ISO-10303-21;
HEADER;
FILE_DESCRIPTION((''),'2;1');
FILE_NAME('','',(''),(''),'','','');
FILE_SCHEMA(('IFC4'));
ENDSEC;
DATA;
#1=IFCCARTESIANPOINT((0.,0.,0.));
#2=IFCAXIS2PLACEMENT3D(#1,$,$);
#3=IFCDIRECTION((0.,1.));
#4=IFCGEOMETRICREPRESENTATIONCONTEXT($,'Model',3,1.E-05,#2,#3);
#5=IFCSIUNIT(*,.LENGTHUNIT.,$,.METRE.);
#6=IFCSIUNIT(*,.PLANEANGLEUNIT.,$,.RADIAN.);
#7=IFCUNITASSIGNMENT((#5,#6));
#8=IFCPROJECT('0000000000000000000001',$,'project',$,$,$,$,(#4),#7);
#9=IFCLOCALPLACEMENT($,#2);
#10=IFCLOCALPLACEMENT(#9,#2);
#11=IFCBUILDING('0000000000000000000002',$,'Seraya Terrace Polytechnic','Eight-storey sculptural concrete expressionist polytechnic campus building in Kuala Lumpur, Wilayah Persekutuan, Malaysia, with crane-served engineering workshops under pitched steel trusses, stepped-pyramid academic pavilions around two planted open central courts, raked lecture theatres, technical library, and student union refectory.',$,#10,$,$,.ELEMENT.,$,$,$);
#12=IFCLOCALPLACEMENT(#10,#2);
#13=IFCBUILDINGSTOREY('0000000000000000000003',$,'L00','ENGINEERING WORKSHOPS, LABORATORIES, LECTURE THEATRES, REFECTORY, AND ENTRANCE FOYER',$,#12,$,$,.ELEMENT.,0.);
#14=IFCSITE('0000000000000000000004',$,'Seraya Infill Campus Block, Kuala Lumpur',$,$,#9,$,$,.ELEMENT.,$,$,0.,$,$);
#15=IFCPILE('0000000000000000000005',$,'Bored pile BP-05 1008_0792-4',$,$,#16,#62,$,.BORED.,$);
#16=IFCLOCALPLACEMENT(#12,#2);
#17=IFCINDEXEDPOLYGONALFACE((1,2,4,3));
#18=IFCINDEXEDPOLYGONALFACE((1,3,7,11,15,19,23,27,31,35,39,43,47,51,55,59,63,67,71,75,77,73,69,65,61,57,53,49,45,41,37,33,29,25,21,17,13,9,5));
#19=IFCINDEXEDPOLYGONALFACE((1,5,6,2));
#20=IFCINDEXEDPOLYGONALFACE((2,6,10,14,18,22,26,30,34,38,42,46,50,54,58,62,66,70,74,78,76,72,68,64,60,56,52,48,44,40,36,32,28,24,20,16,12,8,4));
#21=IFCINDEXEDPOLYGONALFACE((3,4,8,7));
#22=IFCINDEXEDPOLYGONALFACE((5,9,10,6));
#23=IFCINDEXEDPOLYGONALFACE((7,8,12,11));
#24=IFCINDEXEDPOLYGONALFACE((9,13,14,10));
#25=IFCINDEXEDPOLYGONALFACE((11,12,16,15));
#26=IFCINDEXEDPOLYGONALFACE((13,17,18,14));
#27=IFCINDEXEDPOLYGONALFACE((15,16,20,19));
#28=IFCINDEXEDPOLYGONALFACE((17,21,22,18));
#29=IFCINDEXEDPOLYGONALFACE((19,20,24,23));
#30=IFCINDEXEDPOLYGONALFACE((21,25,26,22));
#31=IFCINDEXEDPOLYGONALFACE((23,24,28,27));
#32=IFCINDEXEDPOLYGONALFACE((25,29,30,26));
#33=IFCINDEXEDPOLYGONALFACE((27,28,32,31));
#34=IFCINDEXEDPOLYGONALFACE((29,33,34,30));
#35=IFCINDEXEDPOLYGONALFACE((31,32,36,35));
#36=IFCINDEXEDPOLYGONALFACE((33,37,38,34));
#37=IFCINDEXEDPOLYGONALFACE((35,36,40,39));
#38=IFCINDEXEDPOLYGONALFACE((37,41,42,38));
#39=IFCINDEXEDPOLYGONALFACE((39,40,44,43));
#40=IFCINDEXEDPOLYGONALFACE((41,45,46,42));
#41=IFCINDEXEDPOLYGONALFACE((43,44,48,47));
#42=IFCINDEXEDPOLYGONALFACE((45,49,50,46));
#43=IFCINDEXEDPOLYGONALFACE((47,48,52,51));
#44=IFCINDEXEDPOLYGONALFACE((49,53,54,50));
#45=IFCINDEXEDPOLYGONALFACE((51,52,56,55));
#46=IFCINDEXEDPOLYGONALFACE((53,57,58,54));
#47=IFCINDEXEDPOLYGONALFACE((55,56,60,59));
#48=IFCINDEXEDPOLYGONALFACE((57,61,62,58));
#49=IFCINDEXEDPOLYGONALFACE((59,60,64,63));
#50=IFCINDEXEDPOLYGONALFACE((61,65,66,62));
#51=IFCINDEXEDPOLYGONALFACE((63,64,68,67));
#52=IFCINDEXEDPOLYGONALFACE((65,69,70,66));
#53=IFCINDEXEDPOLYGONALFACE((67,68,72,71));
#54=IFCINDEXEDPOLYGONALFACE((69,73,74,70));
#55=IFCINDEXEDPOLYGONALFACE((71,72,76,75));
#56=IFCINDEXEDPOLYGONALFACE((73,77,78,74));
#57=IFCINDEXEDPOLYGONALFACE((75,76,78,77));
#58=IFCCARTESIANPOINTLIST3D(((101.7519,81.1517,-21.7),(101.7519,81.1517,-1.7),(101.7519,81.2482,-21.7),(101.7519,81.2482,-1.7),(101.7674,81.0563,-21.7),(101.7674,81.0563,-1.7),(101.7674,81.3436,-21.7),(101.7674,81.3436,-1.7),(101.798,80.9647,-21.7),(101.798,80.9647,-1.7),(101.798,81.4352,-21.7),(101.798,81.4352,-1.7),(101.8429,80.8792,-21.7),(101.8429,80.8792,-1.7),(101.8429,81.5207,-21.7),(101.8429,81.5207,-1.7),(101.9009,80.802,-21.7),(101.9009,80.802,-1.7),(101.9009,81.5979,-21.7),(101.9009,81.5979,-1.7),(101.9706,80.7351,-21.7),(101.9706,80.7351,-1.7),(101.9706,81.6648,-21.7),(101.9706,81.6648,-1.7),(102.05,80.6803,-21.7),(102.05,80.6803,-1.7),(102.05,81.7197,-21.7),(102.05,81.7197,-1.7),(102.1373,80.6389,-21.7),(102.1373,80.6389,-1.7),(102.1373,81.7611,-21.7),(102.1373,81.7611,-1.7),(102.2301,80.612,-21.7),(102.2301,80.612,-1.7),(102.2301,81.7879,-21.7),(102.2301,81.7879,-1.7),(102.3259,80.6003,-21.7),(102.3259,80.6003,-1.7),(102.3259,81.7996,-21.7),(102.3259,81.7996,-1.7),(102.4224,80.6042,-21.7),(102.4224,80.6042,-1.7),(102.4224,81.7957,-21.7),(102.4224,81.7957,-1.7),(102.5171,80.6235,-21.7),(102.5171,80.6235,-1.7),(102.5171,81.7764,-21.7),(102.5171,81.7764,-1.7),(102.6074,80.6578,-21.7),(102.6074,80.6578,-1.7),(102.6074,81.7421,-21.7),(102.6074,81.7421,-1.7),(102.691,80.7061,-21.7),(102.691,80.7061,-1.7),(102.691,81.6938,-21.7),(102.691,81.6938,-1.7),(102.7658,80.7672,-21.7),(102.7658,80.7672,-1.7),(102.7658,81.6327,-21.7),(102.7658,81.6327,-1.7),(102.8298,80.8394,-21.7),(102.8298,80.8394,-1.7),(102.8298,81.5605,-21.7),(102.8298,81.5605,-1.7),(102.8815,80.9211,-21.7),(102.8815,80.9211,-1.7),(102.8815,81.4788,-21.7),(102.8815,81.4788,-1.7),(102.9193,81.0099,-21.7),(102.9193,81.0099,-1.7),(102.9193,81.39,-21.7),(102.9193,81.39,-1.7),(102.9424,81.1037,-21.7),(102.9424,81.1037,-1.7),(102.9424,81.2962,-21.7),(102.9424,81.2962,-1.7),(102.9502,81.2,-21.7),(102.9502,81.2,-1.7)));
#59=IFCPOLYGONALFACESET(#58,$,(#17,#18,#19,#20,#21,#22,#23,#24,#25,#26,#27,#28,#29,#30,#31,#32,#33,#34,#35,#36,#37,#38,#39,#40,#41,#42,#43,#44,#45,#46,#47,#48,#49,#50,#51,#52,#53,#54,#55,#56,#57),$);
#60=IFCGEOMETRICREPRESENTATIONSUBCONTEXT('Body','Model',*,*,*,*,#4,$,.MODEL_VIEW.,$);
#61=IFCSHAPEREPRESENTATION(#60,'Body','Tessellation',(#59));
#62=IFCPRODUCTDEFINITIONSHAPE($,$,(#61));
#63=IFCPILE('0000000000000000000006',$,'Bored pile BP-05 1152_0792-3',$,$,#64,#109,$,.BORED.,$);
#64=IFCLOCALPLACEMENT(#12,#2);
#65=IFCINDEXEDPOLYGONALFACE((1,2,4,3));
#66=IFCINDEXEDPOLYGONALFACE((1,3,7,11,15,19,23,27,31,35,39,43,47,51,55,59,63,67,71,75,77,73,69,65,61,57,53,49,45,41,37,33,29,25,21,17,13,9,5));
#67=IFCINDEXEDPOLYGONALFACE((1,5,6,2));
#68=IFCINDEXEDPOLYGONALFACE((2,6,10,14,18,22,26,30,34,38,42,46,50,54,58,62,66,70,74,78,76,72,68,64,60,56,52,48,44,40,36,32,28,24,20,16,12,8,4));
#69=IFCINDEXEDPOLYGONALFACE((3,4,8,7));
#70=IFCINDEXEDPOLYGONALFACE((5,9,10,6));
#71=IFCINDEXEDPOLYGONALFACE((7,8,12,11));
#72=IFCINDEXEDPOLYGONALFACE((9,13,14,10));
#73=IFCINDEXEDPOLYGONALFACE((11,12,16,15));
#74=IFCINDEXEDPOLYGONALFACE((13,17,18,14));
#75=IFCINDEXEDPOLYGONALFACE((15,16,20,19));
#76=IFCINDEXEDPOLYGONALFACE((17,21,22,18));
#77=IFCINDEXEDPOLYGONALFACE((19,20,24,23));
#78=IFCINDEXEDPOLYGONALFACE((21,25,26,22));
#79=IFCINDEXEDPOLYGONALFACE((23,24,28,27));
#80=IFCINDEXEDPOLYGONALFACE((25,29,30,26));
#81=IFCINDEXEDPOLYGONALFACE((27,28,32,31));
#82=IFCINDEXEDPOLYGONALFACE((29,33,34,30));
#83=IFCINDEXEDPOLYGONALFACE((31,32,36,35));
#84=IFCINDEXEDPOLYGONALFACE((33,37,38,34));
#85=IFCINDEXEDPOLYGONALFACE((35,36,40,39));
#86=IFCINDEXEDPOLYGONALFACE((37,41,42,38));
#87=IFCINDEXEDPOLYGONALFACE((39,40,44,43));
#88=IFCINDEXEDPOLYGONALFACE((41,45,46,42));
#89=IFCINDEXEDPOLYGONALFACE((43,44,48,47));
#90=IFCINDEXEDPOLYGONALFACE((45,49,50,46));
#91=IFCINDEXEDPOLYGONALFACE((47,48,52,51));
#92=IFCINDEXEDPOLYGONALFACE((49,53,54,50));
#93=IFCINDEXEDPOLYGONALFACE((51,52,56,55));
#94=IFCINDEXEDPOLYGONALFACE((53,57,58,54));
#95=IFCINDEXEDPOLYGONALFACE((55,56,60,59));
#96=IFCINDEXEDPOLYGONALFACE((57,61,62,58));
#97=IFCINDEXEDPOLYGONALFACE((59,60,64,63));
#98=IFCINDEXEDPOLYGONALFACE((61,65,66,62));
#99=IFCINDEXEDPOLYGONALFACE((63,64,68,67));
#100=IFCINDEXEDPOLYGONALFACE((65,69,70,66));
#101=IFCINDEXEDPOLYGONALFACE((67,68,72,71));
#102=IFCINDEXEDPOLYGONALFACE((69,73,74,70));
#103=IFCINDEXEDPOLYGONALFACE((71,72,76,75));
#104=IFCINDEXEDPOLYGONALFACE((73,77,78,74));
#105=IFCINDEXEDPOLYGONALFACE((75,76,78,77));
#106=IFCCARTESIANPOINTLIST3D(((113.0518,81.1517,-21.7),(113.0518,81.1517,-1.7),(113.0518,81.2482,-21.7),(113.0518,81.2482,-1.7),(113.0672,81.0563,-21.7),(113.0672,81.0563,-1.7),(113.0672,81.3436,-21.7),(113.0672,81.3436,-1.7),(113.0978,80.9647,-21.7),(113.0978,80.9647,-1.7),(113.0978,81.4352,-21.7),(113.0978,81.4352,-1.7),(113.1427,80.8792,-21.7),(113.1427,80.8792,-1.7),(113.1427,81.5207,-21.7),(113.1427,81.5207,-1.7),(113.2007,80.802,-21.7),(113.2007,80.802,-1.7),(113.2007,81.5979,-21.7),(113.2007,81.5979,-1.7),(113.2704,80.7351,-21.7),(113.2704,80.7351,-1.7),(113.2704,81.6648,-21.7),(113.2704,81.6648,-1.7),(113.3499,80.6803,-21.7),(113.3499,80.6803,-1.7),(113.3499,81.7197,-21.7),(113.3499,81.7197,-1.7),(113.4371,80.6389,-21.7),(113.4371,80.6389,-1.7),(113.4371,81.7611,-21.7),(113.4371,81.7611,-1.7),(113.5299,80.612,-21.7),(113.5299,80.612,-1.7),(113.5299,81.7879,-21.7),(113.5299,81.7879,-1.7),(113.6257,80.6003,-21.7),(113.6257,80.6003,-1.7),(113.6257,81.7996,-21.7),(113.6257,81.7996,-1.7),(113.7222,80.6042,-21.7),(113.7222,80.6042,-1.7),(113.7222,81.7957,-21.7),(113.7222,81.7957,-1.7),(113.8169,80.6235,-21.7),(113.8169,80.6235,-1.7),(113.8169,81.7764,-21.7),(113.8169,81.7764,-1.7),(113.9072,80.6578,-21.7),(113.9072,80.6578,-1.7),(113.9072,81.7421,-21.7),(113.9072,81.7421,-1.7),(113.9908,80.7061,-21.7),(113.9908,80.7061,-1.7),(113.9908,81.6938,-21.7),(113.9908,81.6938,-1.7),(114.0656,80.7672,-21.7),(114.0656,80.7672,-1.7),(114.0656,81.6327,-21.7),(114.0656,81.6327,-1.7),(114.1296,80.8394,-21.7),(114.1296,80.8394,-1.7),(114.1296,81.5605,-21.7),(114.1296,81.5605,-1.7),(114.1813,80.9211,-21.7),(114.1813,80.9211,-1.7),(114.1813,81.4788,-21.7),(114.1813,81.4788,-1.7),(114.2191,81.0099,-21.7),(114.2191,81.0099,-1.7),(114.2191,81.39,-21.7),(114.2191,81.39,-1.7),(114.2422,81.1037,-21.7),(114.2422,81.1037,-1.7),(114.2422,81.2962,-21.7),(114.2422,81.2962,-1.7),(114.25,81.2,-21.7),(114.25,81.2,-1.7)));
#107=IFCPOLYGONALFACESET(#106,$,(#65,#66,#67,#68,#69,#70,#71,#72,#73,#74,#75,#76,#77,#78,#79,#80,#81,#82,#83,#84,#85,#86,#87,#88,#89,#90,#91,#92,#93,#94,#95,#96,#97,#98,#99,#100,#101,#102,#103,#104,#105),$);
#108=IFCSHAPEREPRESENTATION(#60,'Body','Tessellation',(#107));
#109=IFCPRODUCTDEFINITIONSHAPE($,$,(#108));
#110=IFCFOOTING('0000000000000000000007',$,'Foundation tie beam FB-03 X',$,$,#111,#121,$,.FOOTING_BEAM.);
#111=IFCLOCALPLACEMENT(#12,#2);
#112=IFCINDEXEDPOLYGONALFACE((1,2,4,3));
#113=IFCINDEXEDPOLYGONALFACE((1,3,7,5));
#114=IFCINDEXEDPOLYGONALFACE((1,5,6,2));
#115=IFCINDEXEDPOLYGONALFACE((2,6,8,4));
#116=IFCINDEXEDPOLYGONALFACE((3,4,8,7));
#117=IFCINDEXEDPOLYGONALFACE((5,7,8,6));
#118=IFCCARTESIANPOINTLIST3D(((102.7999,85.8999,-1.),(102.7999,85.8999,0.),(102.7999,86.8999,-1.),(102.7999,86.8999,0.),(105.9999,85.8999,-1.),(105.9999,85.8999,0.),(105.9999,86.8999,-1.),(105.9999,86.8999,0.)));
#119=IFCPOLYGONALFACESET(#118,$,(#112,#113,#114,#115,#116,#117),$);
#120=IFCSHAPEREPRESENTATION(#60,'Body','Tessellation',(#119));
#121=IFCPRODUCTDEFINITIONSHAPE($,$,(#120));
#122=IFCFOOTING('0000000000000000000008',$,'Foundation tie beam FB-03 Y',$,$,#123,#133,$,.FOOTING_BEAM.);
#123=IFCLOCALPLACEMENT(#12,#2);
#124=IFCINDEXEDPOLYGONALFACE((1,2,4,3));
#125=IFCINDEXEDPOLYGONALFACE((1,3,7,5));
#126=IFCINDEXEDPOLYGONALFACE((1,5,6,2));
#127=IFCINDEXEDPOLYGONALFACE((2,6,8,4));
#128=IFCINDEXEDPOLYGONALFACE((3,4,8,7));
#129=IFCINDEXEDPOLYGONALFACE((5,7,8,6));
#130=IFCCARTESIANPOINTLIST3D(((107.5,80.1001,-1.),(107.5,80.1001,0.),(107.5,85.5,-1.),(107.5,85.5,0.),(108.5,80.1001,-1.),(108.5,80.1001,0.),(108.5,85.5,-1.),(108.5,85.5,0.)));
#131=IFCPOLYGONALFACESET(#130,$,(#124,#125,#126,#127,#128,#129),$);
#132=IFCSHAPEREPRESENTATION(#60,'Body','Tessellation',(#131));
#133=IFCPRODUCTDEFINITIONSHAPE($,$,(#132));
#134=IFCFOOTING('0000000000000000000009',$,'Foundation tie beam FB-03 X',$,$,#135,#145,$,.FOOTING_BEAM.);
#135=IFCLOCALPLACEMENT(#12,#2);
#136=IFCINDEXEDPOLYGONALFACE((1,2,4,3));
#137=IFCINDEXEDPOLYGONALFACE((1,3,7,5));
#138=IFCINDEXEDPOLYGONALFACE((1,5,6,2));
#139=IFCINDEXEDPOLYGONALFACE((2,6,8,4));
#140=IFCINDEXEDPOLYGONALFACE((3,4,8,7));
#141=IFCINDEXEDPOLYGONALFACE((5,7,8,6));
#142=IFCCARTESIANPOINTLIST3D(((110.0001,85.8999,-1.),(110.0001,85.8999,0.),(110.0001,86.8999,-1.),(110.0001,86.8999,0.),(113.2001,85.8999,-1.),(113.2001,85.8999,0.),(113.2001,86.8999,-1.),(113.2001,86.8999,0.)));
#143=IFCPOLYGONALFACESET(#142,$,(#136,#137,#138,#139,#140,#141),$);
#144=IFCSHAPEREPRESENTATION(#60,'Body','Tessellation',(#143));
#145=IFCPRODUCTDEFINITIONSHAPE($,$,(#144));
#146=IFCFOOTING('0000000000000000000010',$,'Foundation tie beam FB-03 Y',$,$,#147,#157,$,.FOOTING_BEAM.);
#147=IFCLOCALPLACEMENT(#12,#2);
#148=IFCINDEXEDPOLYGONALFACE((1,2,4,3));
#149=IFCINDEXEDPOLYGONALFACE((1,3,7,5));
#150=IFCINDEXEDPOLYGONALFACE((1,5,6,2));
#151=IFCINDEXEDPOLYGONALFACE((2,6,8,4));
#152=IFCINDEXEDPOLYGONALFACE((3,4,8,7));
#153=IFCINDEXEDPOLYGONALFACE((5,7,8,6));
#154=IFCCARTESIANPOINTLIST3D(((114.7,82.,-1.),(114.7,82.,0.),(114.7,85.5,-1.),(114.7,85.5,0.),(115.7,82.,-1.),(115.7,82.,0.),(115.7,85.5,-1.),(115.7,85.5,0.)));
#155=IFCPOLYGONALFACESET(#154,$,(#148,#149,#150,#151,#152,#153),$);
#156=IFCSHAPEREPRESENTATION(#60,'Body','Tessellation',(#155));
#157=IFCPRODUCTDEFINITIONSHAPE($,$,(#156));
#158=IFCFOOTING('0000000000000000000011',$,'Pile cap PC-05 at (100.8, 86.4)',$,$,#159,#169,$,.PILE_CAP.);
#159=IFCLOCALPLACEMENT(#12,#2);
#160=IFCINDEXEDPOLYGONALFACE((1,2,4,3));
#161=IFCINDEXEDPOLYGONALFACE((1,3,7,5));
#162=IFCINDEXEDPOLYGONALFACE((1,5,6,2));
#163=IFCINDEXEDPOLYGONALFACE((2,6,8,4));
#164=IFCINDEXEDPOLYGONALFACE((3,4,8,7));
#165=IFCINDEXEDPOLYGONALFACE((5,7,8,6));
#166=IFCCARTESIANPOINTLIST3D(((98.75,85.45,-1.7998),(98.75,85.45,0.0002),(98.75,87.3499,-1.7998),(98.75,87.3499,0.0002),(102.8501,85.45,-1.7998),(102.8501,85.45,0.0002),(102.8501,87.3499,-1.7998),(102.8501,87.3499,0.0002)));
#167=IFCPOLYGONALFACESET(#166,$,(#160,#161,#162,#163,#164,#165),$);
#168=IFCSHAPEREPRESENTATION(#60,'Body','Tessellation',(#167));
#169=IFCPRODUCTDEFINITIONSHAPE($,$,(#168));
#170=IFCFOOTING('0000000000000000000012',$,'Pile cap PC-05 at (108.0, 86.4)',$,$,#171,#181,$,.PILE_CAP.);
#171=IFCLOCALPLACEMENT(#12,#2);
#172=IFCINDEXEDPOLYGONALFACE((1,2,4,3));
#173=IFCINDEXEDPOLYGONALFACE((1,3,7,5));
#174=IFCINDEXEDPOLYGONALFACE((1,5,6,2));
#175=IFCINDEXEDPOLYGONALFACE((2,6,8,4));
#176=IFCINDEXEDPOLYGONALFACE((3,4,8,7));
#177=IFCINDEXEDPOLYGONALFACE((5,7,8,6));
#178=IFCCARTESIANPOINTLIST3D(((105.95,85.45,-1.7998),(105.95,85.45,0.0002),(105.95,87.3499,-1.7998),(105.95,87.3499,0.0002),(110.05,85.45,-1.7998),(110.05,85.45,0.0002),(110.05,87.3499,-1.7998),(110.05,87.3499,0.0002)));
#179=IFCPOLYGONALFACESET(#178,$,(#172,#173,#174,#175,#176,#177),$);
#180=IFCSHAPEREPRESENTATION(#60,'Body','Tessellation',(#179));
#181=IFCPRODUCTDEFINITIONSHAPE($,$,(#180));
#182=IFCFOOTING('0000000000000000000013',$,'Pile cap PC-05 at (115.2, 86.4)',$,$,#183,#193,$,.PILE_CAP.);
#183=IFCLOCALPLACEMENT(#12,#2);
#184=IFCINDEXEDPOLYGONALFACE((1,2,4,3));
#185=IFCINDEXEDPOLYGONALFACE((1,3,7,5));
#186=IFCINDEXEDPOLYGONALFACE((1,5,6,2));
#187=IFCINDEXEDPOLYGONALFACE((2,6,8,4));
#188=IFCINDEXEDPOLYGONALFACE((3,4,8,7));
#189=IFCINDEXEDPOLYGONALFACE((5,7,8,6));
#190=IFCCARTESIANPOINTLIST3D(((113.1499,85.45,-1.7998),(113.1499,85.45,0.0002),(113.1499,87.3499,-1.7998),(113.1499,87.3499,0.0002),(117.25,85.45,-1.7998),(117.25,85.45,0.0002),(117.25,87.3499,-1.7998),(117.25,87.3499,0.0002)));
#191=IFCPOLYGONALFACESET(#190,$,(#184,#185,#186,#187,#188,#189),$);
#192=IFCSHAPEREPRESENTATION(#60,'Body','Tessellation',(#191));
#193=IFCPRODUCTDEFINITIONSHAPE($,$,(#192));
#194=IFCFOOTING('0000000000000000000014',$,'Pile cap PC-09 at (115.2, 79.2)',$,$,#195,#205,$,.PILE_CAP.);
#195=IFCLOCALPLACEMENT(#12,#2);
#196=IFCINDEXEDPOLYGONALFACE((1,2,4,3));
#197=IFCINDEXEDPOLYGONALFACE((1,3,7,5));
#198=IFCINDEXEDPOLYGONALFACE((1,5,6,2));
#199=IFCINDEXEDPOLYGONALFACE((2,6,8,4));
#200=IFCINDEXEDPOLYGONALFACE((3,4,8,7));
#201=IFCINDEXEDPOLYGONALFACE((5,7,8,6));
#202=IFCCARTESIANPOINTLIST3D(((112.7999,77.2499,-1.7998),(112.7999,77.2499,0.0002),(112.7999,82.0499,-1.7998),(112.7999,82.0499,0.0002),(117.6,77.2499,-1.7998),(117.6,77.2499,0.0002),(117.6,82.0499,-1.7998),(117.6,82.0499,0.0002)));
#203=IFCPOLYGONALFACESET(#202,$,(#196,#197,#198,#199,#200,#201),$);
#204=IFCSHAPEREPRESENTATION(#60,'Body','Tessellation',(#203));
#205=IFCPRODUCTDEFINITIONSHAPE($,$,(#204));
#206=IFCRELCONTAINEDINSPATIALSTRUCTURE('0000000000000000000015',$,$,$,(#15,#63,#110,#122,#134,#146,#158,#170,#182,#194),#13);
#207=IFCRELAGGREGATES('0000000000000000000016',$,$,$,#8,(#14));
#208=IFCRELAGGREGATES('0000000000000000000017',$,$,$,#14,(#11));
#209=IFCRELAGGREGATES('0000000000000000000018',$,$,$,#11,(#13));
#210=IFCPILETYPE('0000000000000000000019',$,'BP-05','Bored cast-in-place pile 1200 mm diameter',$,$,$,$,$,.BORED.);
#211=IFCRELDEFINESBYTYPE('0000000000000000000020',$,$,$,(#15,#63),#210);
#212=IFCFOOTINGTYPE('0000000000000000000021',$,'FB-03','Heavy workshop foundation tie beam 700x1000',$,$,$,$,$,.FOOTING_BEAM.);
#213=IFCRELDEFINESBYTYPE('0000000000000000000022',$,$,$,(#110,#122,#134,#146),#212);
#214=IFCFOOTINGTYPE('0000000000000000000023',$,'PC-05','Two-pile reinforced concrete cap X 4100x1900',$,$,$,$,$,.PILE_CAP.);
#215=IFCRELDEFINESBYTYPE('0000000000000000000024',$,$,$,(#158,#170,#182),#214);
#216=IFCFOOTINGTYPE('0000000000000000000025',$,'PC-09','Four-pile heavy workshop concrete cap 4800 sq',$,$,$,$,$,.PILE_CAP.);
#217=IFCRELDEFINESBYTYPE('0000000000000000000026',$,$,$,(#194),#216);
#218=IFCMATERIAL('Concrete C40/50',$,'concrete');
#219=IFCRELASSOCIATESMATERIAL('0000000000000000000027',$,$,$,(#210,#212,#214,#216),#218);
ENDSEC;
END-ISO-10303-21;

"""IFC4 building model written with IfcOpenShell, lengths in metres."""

from ifc_helpers import new_model, si_unit, direction, frame, origin, origin_2d, place, context, subcontext, project, spatial, rectangle, circle, extrude, material, material_profile, profile_set, type_object, element, save


model = new_model("IFC4")

# Units and contexts
model_context = context("Model", 3, precision=1e-05, world=origin(), true_north=direction((0.0, 1.0)))
body_context = subcontext(model_context, "Body", "Model", "MODEL_VIEW")
ifc_project = project(units=[si_unit("LENGTHUNIT", "METRE"), si_unit("PLANEANGLEUNIT", "RADIAN")], contexts=[model_context])

# Site, building, storey
site_placement = place(None, origin())
site = spatial("IfcSite", under=ifc_project, at=site_placement, Name="Seraya Infill Campus Block, Kuala Lumpur", CompositionType="ELEMENT", RefElevation=0.0)
building_placement = place(site_placement, origin())
building = spatial("IfcBuilding", under=site, at=building_placement, Name="Seraya Terrace Polytechnic", Description="Eight-storey sculptural concrete expressionist polytechnic campus building in Kuala Lumpur, Wilayah Persekutuan, Malaysia, with crane-served engineering workshops under pitched steel trusses, stepped-pyramid academic pavilions around two planted open central courts, raked lecture theatres, technical library, and student union refectory.", CompositionType="ELEMENT")
storey_placement = place(building_placement, origin())
storey = spatial("IfcBuildingStorey", under=building, at=storey_placement, Name="L00", Description="ENGINEERING WORKSHOPS, LABORATORIES, LECTURE THEATRES, REFECTORY, AND ENTRANCE FOYER", CompositionType="ELEMENT", Elevation=0.0)

# Piles
ifc_material_1 = material(Name="Concrete C40/50", Category="concrete")
ifc_material_profile_1 = material_profile(ifc_material_1, circle(Radius=0.6001, at=origin_2d()), Name="DIA 1200")
ifc_profile_set_1 = profile_set([ifc_material_profile_1], Name="Concrete C40/50")
pile_type_1 = type_object("IfcPileType", Name="BP-05", Description="Bored cast-in-place pile 1200 mm diameter", PredefinedType="BORED", material=ifc_profile_set_1)
for number, where, z_axis, x_axis, name in (
    (1, (102.3501, 81.2, -1.7), (0.0, 0.0, -1.0), (1.0, 0.0, 0.0), "Bored pile BP-05 1008_0792-4"),
    (2, (113.6499, 81.2, -1.7), (0.0, 0.0, -1.0), (1.0, 0.0, 0.0), "Bored pile BP-05 1152_0792-3"),
):
    element("IfcPile", number, at=place(storey_placement, frame(where, z_axis=z_axis, x_axis=x_axis)), inside=storey, type_object=pile_type_1, Name=name, PredefinedType="BORED", context=body_context, shape_type="SweptSolid", body=[
        extrude(circle(Radius=0.6001, at=origin_2d()), origin(), (0.0, 0.0, 1.0), 20.0),
    ])

# Footings
footing_type_1 = type_object("IfcFootingType", Name="FB-03", Description="Heavy workshop foundation tie beam 700x1000", PredefinedType="FOOTING_BEAM", material=ifc_material_1)
footing_1_placement = place(storey_placement, frame((104.3999, 86.3999, -1.0), z_axis=(0.0, 0.0, 1.0), x_axis=(1.0, 0.0, 0.0)))
element("IfcFooting", 3, at=footing_1_placement, inside=storey, type_object=footing_type_1, Name="Foundation tie beam FB-03 X", PredefinedType="FOOTING_BEAM", context=body_context, shape_type="SweptSolid", body=[
    extrude(rectangle(XDim=3.2, YDim=1.0, at=origin_2d()), origin(), (0.0, 0.0, 1.0), 1.0),
])
footing_2_placement = place(storey_placement, frame((108.0, 82.8, -1.0), z_axis=(0.0, 0.0, 1.0), x_axis=(0.0, 1.0, 0.0)))
element("IfcFooting", 4, at=footing_2_placement, inside=storey, type_object=footing_type_1, Name="Foundation tie beam FB-03 Y", PredefinedType="FOOTING_BEAM", context=body_context, shape_type="SweptSolid", body=[
    extrude(rectangle(XDim=5.3999, YDim=1.0, at=origin_2d()), origin(), (0.0, 0.0, 1.0), 1.0),
])
footing_3_placement = place(storey_placement, frame((111.6001, 86.3999, -1.0), z_axis=(0.0, 0.0, 1.0), x_axis=(1.0, 0.0, 0.0)))
element("IfcFooting", 5, at=footing_3_placement, inside=storey, type_object=footing_type_1, Name="Foundation tie beam FB-03 X", PredefinedType="FOOTING_BEAM", context=body_context, shape_type="SweptSolid", body=[
    extrude(rectangle(XDim=3.2, YDim=1.0, at=origin_2d()), origin(), (0.0, 0.0, 1.0), 1.0),
])
footing_4_placement = place(storey_placement, frame((115.2, 83.75, -1.0), z_axis=(0.0, 0.0, 1.0), x_axis=(0.0, 1.0, 0.0)))
element("IfcFooting", 6, at=footing_4_placement, inside=storey, type_object=footing_type_1, Name="Foundation tie beam FB-03 Y", PredefinedType="FOOTING_BEAM", context=body_context, shape_type="SweptSolid", body=[
    extrude(rectangle(XDim=3.5, YDim=1.0, at=origin_2d()), origin(), (0.0, 0.0, 1.0), 1.0),
])
footing_type_2 = type_object("IfcFootingType", Name="PC-05", Description="Two-pile reinforced concrete cap X 4100x1900", PredefinedType="PILE_CAP", material=ifc_material_1)
for number, where, z_axis, x_axis, name in (
    (7, (100.8, 86.3999, -1.7998), (0.0, 0.0, 1.0), (1.0, 0.0, 0.0), "Pile cap PC-05 at (100.8, 86.4)"),
    (8, (108.0, 86.3999, -1.7998), (0.0, 0.0, 1.0), (1.0, 0.0, 0.0), "Pile cap PC-05 at (108.0, 86.4)"),
    (9, (115.2, 86.3999, -1.7998), (0.0, 0.0, 1.0), (1.0, 0.0, 0.0), "Pile cap PC-05 at (115.2, 86.4)"),
):
    element("IfcFooting", number, at=place(storey_placement, frame(where, z_axis=z_axis, x_axis=x_axis)), inside=storey, type_object=footing_type_2, Name=name, PredefinedType="PILE_CAP", context=body_context, shape_type="SweptSolid", body=[
        extrude(rectangle(XDim=4.1001, YDim=1.8999, at=origin_2d()), origin(), (0.0, 0.0, 1.0), 1.8),
    ])
footing_type_3 = type_object("IfcFootingType", Name="PC-09", Description="Four-pile heavy workshop concrete cap 4800 sq", PredefinedType="PILE_CAP", material=ifc_material_1)
footing_5_placement = place(storey_placement, frame((115.2, 79.6499, -1.7998), z_axis=(0.0, 0.0, 1.0), x_axis=(1.0, 0.0, 0.0)))
element("IfcFooting", 10, at=footing_5_placement, inside=storey, type_object=footing_type_3, Name="Pile cap PC-09 at (115.2, 79.2)", PredefinedType="PILE_CAP", context=body_context, shape_type="SweptSolid", body=[
    extrude(rectangle(XDim=4.8, YDim=4.8, at=origin_2d()), origin(), (0.0, 0.0, 1.0), 1.8),
])

save(model, "model.ifc")
